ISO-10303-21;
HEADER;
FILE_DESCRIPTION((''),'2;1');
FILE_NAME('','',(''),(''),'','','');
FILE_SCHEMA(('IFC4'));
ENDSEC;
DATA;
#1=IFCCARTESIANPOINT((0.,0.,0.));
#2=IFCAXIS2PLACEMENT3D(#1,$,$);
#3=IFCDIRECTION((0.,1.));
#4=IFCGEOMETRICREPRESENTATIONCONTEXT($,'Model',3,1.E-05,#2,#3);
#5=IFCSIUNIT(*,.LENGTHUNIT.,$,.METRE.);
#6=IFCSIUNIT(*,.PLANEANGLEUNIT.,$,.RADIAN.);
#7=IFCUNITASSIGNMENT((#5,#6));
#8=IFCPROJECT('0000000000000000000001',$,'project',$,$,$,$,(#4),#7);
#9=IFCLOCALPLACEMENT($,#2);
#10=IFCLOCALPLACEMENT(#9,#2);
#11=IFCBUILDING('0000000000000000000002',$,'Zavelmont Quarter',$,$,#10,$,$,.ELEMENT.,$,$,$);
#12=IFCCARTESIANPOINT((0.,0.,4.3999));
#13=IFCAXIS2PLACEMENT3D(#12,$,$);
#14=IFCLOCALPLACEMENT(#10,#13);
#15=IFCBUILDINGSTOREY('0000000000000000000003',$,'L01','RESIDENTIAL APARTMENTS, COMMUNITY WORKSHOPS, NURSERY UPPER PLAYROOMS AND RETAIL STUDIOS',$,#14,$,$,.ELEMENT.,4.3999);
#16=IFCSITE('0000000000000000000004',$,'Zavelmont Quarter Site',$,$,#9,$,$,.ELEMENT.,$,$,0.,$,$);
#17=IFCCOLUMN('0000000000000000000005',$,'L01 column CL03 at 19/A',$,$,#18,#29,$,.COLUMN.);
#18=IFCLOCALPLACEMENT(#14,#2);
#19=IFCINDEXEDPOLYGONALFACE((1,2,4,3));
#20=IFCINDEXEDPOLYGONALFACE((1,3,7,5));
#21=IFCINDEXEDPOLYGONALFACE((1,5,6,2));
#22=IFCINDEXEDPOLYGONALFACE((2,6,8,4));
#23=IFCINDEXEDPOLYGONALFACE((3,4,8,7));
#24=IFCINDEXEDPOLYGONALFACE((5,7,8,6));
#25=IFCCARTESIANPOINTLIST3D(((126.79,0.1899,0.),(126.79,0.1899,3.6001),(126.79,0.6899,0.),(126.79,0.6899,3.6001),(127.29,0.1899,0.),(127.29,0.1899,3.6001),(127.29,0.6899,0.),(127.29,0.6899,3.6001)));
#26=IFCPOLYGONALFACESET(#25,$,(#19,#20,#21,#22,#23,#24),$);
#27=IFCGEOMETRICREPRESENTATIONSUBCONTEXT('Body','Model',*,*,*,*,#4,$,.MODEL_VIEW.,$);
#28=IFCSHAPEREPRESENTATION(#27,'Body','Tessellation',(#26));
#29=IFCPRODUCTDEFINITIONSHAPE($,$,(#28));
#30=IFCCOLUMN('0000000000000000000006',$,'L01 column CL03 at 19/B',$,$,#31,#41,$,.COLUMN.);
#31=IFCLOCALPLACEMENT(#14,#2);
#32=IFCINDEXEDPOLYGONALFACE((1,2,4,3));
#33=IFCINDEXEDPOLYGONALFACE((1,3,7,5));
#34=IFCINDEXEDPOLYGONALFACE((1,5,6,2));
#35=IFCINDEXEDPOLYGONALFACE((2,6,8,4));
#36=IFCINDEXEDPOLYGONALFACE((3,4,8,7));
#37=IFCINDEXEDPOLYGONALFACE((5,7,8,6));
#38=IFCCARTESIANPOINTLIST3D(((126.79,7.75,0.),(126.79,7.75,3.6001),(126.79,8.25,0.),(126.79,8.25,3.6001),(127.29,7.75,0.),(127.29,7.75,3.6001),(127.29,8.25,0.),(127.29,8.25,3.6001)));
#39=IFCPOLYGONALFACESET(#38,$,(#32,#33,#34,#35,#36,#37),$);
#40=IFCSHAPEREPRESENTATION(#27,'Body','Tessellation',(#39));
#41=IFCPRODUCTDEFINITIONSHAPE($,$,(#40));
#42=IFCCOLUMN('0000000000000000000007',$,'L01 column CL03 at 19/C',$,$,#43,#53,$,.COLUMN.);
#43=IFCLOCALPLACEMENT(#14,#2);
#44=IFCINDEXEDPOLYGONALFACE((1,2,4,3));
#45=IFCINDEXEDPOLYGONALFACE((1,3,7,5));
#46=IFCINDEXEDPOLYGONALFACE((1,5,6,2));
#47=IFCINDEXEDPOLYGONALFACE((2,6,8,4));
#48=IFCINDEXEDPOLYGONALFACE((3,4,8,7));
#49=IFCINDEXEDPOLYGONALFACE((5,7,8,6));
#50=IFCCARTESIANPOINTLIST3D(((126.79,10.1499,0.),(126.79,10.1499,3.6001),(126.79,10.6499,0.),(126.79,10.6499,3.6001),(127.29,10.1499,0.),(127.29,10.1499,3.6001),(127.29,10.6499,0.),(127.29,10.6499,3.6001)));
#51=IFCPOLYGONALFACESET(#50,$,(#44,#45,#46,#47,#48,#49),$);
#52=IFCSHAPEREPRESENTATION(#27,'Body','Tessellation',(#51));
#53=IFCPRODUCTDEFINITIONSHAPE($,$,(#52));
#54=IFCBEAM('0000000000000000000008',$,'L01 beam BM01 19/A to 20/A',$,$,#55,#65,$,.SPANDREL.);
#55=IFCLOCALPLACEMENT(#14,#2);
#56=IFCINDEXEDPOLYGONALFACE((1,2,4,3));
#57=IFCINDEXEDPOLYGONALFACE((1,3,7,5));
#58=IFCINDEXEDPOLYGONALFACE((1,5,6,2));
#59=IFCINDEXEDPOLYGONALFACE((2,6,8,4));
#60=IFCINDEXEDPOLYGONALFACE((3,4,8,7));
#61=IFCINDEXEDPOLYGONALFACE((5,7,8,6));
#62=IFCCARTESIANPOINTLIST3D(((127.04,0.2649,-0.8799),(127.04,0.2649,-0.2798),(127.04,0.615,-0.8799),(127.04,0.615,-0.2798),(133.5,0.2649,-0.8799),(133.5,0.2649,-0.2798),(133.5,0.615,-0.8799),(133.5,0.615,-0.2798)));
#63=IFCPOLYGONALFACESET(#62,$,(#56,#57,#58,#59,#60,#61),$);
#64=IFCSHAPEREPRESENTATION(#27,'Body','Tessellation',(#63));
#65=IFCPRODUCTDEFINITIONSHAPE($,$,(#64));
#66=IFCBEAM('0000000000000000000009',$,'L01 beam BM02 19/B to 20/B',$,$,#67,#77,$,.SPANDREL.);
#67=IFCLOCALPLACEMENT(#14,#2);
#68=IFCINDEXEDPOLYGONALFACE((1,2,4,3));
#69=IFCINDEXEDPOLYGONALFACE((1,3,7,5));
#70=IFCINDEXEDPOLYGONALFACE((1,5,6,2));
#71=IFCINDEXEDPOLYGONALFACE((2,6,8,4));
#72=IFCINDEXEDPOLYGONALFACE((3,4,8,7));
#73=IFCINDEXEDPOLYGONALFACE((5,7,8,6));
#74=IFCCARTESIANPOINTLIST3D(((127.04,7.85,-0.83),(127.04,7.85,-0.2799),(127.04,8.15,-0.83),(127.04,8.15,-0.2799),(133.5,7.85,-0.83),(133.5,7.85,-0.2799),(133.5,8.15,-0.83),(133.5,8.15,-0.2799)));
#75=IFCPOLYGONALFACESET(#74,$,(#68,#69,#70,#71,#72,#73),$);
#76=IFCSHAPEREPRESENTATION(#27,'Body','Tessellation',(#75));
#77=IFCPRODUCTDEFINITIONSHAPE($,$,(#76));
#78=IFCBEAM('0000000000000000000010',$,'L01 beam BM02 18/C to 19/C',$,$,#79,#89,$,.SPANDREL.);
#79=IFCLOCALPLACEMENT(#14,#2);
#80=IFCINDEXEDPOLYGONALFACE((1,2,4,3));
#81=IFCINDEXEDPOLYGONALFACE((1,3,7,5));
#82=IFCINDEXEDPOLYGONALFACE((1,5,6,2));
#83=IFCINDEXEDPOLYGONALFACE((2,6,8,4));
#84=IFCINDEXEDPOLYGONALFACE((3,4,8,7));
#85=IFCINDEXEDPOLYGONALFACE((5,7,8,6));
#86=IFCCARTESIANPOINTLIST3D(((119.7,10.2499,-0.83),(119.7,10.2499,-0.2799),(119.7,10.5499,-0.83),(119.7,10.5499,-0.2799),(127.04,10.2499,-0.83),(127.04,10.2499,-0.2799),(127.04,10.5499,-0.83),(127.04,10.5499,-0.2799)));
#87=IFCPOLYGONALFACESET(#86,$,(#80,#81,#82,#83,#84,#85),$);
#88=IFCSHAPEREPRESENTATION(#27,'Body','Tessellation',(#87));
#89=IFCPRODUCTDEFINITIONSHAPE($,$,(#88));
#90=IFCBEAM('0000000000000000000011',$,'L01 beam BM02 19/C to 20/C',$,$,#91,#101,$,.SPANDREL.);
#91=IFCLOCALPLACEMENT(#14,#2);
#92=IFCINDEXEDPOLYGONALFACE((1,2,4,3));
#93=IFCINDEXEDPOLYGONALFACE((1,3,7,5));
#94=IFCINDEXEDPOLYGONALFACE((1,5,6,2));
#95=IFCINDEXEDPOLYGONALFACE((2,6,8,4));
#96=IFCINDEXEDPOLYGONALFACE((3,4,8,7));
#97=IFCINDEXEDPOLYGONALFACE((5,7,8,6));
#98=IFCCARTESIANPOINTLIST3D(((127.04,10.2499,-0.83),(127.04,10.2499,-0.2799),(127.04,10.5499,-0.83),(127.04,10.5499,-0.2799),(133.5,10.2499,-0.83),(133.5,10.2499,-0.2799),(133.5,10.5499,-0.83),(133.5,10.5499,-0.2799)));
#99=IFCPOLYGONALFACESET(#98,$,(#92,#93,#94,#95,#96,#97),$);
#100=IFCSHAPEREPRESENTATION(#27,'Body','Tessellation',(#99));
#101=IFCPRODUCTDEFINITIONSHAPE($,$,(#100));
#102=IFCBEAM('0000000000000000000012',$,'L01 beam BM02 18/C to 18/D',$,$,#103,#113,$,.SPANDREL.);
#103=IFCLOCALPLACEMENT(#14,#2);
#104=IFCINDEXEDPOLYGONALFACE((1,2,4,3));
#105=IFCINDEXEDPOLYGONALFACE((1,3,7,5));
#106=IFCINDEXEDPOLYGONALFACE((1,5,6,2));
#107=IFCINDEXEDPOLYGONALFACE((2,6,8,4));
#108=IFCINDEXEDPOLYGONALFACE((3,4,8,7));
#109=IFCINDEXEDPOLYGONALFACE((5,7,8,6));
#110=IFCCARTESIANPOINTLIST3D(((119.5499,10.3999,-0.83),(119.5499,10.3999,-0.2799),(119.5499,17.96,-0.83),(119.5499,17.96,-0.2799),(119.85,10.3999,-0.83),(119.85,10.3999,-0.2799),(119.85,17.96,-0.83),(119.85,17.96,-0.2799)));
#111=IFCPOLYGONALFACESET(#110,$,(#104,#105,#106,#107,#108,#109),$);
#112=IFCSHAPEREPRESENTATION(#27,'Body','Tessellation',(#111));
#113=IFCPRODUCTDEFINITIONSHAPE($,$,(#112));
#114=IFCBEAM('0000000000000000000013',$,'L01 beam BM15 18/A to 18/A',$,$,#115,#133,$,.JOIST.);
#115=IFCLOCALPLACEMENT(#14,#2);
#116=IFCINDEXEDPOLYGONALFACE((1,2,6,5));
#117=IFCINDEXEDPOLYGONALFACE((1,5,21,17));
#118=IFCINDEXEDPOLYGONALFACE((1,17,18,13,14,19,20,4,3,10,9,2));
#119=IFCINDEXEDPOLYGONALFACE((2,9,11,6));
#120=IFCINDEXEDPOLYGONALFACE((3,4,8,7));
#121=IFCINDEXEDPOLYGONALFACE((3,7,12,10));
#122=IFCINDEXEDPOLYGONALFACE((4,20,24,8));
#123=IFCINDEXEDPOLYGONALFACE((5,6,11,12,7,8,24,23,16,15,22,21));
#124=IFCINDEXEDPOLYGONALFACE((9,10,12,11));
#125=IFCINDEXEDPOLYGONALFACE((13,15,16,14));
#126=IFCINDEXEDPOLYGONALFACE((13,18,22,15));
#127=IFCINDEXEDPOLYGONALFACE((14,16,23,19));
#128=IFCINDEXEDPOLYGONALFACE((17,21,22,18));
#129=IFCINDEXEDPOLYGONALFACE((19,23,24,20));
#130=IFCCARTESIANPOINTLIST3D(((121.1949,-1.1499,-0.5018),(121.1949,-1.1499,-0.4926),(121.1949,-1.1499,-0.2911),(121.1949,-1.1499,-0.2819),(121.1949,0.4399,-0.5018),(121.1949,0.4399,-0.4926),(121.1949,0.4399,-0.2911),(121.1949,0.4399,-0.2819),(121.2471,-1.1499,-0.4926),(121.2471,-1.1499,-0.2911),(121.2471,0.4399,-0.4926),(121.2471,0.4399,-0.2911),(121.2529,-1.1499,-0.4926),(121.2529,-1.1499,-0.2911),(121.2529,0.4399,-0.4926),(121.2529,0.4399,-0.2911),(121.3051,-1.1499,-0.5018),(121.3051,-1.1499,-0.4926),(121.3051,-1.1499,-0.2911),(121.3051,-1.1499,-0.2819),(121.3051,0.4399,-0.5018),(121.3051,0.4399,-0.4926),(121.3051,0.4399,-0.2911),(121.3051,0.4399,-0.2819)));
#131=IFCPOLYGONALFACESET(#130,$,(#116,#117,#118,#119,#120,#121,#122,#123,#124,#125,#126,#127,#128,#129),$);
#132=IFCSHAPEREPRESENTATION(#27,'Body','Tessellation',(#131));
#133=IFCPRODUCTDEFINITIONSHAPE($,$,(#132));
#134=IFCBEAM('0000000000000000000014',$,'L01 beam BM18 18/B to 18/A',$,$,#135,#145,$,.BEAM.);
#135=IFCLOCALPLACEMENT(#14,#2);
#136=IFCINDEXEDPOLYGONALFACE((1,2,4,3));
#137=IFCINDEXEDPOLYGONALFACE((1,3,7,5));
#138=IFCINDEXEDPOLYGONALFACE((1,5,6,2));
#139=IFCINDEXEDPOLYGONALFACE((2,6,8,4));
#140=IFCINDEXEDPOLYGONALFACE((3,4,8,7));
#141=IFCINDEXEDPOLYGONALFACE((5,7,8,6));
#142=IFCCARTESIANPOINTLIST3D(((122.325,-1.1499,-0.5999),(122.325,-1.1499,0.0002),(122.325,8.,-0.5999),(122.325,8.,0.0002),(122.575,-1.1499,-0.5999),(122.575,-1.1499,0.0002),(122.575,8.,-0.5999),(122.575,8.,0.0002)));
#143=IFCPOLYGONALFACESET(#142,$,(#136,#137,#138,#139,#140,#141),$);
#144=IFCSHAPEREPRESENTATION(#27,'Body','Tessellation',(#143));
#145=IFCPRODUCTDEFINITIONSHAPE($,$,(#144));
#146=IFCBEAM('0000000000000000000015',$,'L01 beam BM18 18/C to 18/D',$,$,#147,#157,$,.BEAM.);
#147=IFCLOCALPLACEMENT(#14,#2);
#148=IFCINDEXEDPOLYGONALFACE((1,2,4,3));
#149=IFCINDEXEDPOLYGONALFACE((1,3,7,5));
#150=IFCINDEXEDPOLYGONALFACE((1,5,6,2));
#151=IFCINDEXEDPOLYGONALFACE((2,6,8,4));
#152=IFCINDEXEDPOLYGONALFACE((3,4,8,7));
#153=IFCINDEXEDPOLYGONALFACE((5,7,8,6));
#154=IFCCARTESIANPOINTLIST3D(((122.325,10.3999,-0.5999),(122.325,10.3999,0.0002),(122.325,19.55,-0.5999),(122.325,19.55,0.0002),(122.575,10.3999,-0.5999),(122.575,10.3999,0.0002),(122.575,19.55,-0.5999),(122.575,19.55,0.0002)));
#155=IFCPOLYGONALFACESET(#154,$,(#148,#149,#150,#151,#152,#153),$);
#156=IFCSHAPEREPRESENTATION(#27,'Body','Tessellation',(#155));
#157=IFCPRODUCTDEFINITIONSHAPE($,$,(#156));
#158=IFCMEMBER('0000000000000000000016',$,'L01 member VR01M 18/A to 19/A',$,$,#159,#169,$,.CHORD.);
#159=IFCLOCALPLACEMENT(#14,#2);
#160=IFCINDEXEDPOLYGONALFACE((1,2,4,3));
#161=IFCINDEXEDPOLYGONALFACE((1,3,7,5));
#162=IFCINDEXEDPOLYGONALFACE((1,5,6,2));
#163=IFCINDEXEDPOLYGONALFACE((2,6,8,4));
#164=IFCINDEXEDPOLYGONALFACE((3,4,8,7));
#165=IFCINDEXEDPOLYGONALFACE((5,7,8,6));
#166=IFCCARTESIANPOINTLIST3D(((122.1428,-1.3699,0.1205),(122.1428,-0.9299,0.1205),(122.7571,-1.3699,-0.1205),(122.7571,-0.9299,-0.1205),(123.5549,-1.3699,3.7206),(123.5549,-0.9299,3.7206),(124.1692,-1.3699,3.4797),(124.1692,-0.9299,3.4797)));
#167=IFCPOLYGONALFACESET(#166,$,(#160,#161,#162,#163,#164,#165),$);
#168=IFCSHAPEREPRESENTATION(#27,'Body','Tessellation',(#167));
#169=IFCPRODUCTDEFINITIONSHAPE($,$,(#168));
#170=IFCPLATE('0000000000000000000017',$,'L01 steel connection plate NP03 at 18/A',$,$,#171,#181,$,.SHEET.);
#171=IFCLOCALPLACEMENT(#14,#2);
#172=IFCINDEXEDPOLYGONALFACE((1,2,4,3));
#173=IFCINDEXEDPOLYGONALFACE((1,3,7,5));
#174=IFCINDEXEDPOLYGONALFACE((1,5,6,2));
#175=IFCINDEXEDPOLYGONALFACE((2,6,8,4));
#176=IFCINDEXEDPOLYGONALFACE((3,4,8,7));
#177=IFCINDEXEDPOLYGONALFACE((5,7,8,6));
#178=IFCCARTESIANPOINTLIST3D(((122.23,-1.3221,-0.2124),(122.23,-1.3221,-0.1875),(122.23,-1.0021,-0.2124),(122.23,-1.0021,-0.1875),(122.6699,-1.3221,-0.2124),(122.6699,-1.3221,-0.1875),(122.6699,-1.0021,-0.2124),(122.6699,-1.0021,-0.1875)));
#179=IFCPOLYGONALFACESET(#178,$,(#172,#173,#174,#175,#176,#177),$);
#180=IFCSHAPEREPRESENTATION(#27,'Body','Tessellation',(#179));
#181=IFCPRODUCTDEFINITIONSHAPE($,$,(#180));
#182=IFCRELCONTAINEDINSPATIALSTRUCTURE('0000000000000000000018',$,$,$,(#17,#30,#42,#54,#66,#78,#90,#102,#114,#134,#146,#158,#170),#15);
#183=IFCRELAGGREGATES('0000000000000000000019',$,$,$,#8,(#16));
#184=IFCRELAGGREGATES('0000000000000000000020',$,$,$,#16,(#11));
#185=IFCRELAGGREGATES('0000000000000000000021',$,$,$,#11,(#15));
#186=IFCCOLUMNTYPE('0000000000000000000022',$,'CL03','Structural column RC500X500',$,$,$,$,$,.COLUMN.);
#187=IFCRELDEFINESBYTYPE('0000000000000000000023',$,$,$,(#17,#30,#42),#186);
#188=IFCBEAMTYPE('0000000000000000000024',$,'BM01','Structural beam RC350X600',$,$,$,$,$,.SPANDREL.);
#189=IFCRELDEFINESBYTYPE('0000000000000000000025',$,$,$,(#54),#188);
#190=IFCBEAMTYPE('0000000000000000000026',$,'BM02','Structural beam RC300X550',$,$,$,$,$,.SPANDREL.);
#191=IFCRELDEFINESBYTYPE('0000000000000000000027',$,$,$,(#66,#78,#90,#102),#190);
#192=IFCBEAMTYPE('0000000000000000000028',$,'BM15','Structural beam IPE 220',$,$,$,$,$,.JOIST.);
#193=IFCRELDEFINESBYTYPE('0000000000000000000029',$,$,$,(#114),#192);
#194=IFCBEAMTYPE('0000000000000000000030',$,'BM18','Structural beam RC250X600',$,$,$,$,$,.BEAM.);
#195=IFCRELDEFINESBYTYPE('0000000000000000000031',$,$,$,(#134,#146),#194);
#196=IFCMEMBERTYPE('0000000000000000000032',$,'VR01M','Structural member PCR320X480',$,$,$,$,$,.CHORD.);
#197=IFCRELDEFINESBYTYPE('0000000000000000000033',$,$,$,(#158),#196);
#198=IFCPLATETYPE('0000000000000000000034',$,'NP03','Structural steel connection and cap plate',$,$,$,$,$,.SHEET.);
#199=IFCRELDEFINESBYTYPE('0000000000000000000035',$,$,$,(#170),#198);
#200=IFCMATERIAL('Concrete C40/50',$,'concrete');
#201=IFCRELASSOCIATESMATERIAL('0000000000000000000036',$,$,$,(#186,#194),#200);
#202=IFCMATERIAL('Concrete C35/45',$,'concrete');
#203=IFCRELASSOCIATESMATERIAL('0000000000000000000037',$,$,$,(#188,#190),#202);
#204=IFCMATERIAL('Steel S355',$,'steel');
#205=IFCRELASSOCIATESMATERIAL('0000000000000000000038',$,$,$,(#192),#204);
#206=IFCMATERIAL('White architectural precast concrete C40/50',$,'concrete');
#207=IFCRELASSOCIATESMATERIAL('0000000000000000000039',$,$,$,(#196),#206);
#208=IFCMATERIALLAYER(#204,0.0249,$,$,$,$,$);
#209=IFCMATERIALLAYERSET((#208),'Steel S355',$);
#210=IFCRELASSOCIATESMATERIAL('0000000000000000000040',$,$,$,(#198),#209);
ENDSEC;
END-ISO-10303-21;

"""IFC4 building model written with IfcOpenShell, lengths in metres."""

from ifc_helpers import new_model, si_unit, direction, frame, origin, origin_2d, place, context, subcontext, project, spatial, rectangle, i_section, extrude, material, layer, layer_set, material_profile, profile_set, type_object, element, save


model = new_model("IFC4")

# Units and contexts
model_context = context("Model", 3, precision=1e-05, world=origin(), true_north=direction((0.0, 1.0)))
body_context = subcontext(model_context, "Body", "Model", "MODEL_VIEW")
ifc_project = project(units=[si_unit("LENGTHUNIT", "METRE"), si_unit("PLANEANGLEUNIT", "RADIAN")], contexts=[model_context])

# Site, building, storey
site_placement = place(None, origin())
site = spatial("IfcSite", under=ifc_project, at=site_placement, Name="Zavelmont Quarter Site", CompositionType="ELEMENT", RefElevation=0.0)
building_placement = place(site_placement, origin())
building = spatial("IfcBuilding", under=site, at=building_placement, Name="Zavelmont Quarter", CompositionType="ELEMENT")
storey_placement = place(building_placement, frame((0.0, 0.0, 4.3999)))
storey = spatial("IfcBuildingStorey", under=building, at=storey_placement, Name="L01", Description="RESIDENTIAL APARTMENTS, COMMUNITY WORKSHOPS, NURSERY UPPER PLAYROOMS AND RETAIL STUDIOS", CompositionType="ELEMENT", Elevation=4.3999)

# Columns
ifc_material_1 = material(Name="Concrete C40/50", Category="concrete")
ifc_material_profile_1 = material_profile(ifc_material_1, rectangle(XDim=0.5, YDim=0.5, at=origin_2d()), Name="RC500X500")
ifc_profile_set_1 = profile_set([ifc_material_profile_1], Name="Concrete C40/50")
column_type = type_object("IfcColumnType", Name="CL03", Description="Structural column RC500X500", PredefinedType="COLUMN", material=ifc_profile_set_1)
for number, where, z_axis, x_axis, name in (
    (1, (127.04, 0.4399, 0.0), (0.0, 0.0, 1.0), (1.0, 0.0, 0.0), "L01 column CL03 at 19/A"),
    (2, (127.04, 8.0, 0.0), (0.0, 0.0, 1.0), (1.0, 0.0, 0.0), "L01 column CL03 at 19/B"),
    (3, (127.04, 10.3999, 0.0), (0.0, 0.0, 1.0), (1.0, 0.0, 0.0), "L01 column CL03 at 19/C"),
):
    element("IfcColumn", number, at=place(storey_placement, frame(where, z_axis=z_axis, x_axis=x_axis)), inside=storey, type_object=column_type, Name=name, PredefinedType="COLUMN", context=body_context, shape_type="SweptSolid", body=[
        extrude(rectangle(XDim=0.5, YDim=0.5, at=origin_2d()), origin(), (0.0, 0.0, 1.0), 3.6001),
    ])

# Beams
ifc_material_2 = material(Name="Concrete C35/45", Category="concrete")
ifc_material_profile_2 = material_profile(ifc_material_2, rectangle(XDim=0.3501, YDim=0.6001, at=origin_2d()), Name="RC350X600")
ifc_profile_set_2 = profile_set([ifc_material_profile_2], Name="Concrete C35/45")
beam_type_1 = type_object("IfcBeamType", Name="BM01", Description="Structural beam RC350X600", PredefinedType="SPANDREL", material=ifc_profile_set_2)
beam_1_placement = place(storey_placement, frame((127.04, 0.4399, -0.5798), z_axis=(1.0, 0.0, 0.0), x_axis=(0.0, 1.0, 0.0)))
element("IfcBeam", 4, at=beam_1_placement, inside=storey, type_object=beam_type_1, Name="L01 beam BM01 19/A to 20/A", PredefinedType="SPANDREL", context=body_context, shape_type="SweptSolid", body=[
    extrude(rectangle(XDim=0.3501, YDim=0.6001, at=origin_2d()), origin(), (0.0, 0.0, 1.0), 6.46),
])
ifc_material_profile_3 = material_profile(ifc_material_2, rectangle(XDim=0.3, YDim=0.55, at=origin_2d()), Name="RC300X550")
ifc_profile_set_3 = profile_set([ifc_material_profile_3], Name="Concrete C35/45")
beam_type_2 = type_object("IfcBeamType", Name="BM02", Description="Structural beam RC300X550", PredefinedType="SPANDREL", material=ifc_profile_set_3)
beam_2_placement = place(storey_placement, frame((127.04, 8.0, -0.5549), z_axis=(1.0, 0.0, 0.0), x_axis=(0.0, 1.0, 0.0)))
element("IfcBeam", 5, at=beam_2_placement, inside=storey, type_object=beam_type_2, Name="L01 beam BM02 19/B to 20/B", PredefinedType="SPANDREL", context=body_context, shape_type="SweptSolid", body=[
    extrude(rectangle(XDim=0.3, YDim=0.55, at=origin_2d()), origin(), (0.0, 0.0, 1.0), 6.46),
])
beam_3_placement = place(storey_placement, frame((119.7, 10.3999, -0.5549), z_axis=(1.0, 0.0, 0.0), x_axis=(0.0, 1.0, 0.0)))
element("IfcBeam", 6, at=beam_3_placement, inside=storey, type_object=beam_type_2, Name="L01 beam BM02 18/C to 19/C", PredefinedType="SPANDREL", context=body_context, shape_type="SweptSolid", body=[
    extrude(rectangle(XDim=0.3, YDim=0.55, at=origin_2d()), origin(), (0.0, 0.0, 1.0), 7.3401),
])
beam_4_placement = place(storey_placement, frame((127.04, 10.3999, -0.5549), z_axis=(1.0, 0.0, 0.0), x_axis=(0.0, 1.0, 0.0)))
element("IfcBeam", 7, at=beam_4_placement, inside=storey, type_object=beam_type_2, Name="L01 beam BM02 19/C to 20/C", PredefinedType="SPANDREL", context=body_context, shape_type="SweptSolid", body=[
    extrude(rectangle(XDim=0.3, YDim=0.55, at=origin_2d()), origin(), (0.0, 0.0, 1.0), 6.46),
])
beam_5_placement = place(storey_placement, frame((119.7, 10.3999, -0.5549), z_axis=(0.0, 1.0, 0.0), x_axis=(-1.0, 0.0, 0.0)))
element("IfcBeam", 8, at=beam_5_placement, inside=storey, type_object=beam_type_2, Name="L01 beam BM02 18/C to 18/D", PredefinedType="SPANDREL", context=body_context, shape_type="SweptSolid", body=[
    extrude(rectangle(XDim=0.3, YDim=0.55, at=origin_2d()), origin(), (0.0, 0.0, 1.0), 7.5601),
])
ifc_material_3 = material(Name="Steel S355", Category="steel")
ifc_material_profile_4 = material_profile(ifc_material_3, i_section(OverallWidth=0.1101, OverallDepth=0.22, WebThickness=0.0059, FlangeThickness=0.0093, at=origin_2d()), Name="IPE 220")
ifc_profile_set_4 = profile_set([ifc_material_profile_4], Name="Steel S355")
beam_type_3 = type_object("IfcBeamType", Name="BM15", Description="Structural beam IPE 220", PredefinedType="JOIST", material=ifc_profile_set_4)
beam_6_placement = place(storey_placement, frame((121.25, 0.4399, -0.3918), z_axis=(0.0, -1.0, 0.0), x_axis=(1.0, 0.0, 0.0)))
element("IfcBeam", 9, at=beam_6_placement, inside=storey, type_object=beam_type_3, Name="L01 beam BM15 18/A to 18/A", PredefinedType="JOIST", context=body_context, shape_type="SweptSolid", body=[
    extrude(i_section(OverallWidth=0.1101, OverallDepth=0.22, WebThickness=0.0059, FlangeThickness=0.0093, at=origin_2d()), origin(), (0.0, 0.0, 1.0), 1.5898),
])
ifc_material_profile_5 = material_profile(ifc_material_1, rectangle(XDim=0.25, YDim=0.6001, at=origin_2d()), Name="RC250X600")
ifc_profile_set_5 = profile_set([ifc_material_profile_5], Name="Concrete C40/50")
beam_type_4 = type_object("IfcBeamType", Name="BM18", Description="Structural beam RC250X600", PredefinedType="BEAM", material=ifc_profile_set_5)
beam_7_placement = place(storey_placement, frame((122.45, 8.0, -0.2998), z_axis=(0.0, -1.0, 0.0), x_axis=(1.0, 0.0, 0.0)))
element("IfcBeam", 10, at=beam_7_placement, inside=storey, type_object=beam_type_4, Name="L01 beam BM18 18/B to 18/A", PredefinedType="BEAM", context=body_context, shape_type="SweptSolid", body=[
    extrude(rectangle(XDim=0.25, YDim=0.6001, at=origin_2d()), origin(), (0.0, 0.0, 1.0), 9.1499),
])
beam_8_placement = place(storey_placement, frame((122.45, 10.3999, -0.2998), z_axis=(0.0, 1.0, 0.0), x_axis=(-1.0, 0.0, 0.0)))
element("IfcBeam", 11, at=beam_8_placement, inside=storey, type_object=beam_type_4, Name="L01 beam BM18 18/C to 18/D", PredefinedType="BEAM", context=body_context, shape_type="SweptSolid", body=[
    extrude(rectangle(XDim=0.25, YDim=0.6001, at=origin_2d()), origin(), (0.0, 0.0, 1.0), 9.1501),
])

# Member
ifc_material_4 = material(Name="White architectural precast concrete C40/50", Category="concrete")
ifc_material_profile_6 = material_profile(ifc_material_4, rectangle(XDim=0.4399, YDim=0.6599, at=origin_2d()), Name="PCR320X480")
ifc_profile_set_6 = profile_set([ifc_material_profile_6], Name="White architectural precast concrete C40/50")
member_type = type_object("IfcMemberType", Name="VR01M", Description="Structural member PCR320X480", PredefinedType="CHORD", material=ifc_profile_set_6)
member_placement = place(storey_placement, frame((122.45, -1.1499, 0.0), z_axis=(0.365156, 0.0, 0.930946), x_axis=(0.0, 1.0, 0.0)))
element("IfcMember", 12, at=member_placement, inside=storey, type_object=member_type, Name="L01 member VR01M 18/A to 19/A", PredefinedType="CHORD", context=body_context, shape_type="SweptSolid", body=[
    extrude(rectangle(XDim=0.4399, YDim=0.6599, at=origin_2d()), origin(), (0.0, 0.0, 1.0), 3.8672),
])

# Plate
ifc_layer_1 = layer(ifc_material_3, 0.0249)
ifc_layer_set_1 = layer_set([ifc_layer_1], Name="Steel S355")
plate_type = type_object("IfcPlateType", Name="NP03", Description="Structural steel connection and cap plate", PredefinedType="SHEET", material=ifc_layer_set_1)
plate_placement = place(storey_placement, frame((122.45, -1.1621, -0.2124), z_axis=(0.0, 0.0, 1.0), x_axis=(1.0, 0.0, 0.0)))
element("IfcPlate", 13, at=plate_placement, inside=storey, type_object=plate_type, Name="L01 steel connection plate NP03 at 18/A", PredefinedType="SHEET", context=body_context, shape_type="SweptSolid", body=[
    extrude(rectangle(XDim=0.4399, YDim=0.3201, at=origin_2d()), origin(), (0.0, 0.0, 1.0), 0.0249),
])

save(model, "model.ifc")
